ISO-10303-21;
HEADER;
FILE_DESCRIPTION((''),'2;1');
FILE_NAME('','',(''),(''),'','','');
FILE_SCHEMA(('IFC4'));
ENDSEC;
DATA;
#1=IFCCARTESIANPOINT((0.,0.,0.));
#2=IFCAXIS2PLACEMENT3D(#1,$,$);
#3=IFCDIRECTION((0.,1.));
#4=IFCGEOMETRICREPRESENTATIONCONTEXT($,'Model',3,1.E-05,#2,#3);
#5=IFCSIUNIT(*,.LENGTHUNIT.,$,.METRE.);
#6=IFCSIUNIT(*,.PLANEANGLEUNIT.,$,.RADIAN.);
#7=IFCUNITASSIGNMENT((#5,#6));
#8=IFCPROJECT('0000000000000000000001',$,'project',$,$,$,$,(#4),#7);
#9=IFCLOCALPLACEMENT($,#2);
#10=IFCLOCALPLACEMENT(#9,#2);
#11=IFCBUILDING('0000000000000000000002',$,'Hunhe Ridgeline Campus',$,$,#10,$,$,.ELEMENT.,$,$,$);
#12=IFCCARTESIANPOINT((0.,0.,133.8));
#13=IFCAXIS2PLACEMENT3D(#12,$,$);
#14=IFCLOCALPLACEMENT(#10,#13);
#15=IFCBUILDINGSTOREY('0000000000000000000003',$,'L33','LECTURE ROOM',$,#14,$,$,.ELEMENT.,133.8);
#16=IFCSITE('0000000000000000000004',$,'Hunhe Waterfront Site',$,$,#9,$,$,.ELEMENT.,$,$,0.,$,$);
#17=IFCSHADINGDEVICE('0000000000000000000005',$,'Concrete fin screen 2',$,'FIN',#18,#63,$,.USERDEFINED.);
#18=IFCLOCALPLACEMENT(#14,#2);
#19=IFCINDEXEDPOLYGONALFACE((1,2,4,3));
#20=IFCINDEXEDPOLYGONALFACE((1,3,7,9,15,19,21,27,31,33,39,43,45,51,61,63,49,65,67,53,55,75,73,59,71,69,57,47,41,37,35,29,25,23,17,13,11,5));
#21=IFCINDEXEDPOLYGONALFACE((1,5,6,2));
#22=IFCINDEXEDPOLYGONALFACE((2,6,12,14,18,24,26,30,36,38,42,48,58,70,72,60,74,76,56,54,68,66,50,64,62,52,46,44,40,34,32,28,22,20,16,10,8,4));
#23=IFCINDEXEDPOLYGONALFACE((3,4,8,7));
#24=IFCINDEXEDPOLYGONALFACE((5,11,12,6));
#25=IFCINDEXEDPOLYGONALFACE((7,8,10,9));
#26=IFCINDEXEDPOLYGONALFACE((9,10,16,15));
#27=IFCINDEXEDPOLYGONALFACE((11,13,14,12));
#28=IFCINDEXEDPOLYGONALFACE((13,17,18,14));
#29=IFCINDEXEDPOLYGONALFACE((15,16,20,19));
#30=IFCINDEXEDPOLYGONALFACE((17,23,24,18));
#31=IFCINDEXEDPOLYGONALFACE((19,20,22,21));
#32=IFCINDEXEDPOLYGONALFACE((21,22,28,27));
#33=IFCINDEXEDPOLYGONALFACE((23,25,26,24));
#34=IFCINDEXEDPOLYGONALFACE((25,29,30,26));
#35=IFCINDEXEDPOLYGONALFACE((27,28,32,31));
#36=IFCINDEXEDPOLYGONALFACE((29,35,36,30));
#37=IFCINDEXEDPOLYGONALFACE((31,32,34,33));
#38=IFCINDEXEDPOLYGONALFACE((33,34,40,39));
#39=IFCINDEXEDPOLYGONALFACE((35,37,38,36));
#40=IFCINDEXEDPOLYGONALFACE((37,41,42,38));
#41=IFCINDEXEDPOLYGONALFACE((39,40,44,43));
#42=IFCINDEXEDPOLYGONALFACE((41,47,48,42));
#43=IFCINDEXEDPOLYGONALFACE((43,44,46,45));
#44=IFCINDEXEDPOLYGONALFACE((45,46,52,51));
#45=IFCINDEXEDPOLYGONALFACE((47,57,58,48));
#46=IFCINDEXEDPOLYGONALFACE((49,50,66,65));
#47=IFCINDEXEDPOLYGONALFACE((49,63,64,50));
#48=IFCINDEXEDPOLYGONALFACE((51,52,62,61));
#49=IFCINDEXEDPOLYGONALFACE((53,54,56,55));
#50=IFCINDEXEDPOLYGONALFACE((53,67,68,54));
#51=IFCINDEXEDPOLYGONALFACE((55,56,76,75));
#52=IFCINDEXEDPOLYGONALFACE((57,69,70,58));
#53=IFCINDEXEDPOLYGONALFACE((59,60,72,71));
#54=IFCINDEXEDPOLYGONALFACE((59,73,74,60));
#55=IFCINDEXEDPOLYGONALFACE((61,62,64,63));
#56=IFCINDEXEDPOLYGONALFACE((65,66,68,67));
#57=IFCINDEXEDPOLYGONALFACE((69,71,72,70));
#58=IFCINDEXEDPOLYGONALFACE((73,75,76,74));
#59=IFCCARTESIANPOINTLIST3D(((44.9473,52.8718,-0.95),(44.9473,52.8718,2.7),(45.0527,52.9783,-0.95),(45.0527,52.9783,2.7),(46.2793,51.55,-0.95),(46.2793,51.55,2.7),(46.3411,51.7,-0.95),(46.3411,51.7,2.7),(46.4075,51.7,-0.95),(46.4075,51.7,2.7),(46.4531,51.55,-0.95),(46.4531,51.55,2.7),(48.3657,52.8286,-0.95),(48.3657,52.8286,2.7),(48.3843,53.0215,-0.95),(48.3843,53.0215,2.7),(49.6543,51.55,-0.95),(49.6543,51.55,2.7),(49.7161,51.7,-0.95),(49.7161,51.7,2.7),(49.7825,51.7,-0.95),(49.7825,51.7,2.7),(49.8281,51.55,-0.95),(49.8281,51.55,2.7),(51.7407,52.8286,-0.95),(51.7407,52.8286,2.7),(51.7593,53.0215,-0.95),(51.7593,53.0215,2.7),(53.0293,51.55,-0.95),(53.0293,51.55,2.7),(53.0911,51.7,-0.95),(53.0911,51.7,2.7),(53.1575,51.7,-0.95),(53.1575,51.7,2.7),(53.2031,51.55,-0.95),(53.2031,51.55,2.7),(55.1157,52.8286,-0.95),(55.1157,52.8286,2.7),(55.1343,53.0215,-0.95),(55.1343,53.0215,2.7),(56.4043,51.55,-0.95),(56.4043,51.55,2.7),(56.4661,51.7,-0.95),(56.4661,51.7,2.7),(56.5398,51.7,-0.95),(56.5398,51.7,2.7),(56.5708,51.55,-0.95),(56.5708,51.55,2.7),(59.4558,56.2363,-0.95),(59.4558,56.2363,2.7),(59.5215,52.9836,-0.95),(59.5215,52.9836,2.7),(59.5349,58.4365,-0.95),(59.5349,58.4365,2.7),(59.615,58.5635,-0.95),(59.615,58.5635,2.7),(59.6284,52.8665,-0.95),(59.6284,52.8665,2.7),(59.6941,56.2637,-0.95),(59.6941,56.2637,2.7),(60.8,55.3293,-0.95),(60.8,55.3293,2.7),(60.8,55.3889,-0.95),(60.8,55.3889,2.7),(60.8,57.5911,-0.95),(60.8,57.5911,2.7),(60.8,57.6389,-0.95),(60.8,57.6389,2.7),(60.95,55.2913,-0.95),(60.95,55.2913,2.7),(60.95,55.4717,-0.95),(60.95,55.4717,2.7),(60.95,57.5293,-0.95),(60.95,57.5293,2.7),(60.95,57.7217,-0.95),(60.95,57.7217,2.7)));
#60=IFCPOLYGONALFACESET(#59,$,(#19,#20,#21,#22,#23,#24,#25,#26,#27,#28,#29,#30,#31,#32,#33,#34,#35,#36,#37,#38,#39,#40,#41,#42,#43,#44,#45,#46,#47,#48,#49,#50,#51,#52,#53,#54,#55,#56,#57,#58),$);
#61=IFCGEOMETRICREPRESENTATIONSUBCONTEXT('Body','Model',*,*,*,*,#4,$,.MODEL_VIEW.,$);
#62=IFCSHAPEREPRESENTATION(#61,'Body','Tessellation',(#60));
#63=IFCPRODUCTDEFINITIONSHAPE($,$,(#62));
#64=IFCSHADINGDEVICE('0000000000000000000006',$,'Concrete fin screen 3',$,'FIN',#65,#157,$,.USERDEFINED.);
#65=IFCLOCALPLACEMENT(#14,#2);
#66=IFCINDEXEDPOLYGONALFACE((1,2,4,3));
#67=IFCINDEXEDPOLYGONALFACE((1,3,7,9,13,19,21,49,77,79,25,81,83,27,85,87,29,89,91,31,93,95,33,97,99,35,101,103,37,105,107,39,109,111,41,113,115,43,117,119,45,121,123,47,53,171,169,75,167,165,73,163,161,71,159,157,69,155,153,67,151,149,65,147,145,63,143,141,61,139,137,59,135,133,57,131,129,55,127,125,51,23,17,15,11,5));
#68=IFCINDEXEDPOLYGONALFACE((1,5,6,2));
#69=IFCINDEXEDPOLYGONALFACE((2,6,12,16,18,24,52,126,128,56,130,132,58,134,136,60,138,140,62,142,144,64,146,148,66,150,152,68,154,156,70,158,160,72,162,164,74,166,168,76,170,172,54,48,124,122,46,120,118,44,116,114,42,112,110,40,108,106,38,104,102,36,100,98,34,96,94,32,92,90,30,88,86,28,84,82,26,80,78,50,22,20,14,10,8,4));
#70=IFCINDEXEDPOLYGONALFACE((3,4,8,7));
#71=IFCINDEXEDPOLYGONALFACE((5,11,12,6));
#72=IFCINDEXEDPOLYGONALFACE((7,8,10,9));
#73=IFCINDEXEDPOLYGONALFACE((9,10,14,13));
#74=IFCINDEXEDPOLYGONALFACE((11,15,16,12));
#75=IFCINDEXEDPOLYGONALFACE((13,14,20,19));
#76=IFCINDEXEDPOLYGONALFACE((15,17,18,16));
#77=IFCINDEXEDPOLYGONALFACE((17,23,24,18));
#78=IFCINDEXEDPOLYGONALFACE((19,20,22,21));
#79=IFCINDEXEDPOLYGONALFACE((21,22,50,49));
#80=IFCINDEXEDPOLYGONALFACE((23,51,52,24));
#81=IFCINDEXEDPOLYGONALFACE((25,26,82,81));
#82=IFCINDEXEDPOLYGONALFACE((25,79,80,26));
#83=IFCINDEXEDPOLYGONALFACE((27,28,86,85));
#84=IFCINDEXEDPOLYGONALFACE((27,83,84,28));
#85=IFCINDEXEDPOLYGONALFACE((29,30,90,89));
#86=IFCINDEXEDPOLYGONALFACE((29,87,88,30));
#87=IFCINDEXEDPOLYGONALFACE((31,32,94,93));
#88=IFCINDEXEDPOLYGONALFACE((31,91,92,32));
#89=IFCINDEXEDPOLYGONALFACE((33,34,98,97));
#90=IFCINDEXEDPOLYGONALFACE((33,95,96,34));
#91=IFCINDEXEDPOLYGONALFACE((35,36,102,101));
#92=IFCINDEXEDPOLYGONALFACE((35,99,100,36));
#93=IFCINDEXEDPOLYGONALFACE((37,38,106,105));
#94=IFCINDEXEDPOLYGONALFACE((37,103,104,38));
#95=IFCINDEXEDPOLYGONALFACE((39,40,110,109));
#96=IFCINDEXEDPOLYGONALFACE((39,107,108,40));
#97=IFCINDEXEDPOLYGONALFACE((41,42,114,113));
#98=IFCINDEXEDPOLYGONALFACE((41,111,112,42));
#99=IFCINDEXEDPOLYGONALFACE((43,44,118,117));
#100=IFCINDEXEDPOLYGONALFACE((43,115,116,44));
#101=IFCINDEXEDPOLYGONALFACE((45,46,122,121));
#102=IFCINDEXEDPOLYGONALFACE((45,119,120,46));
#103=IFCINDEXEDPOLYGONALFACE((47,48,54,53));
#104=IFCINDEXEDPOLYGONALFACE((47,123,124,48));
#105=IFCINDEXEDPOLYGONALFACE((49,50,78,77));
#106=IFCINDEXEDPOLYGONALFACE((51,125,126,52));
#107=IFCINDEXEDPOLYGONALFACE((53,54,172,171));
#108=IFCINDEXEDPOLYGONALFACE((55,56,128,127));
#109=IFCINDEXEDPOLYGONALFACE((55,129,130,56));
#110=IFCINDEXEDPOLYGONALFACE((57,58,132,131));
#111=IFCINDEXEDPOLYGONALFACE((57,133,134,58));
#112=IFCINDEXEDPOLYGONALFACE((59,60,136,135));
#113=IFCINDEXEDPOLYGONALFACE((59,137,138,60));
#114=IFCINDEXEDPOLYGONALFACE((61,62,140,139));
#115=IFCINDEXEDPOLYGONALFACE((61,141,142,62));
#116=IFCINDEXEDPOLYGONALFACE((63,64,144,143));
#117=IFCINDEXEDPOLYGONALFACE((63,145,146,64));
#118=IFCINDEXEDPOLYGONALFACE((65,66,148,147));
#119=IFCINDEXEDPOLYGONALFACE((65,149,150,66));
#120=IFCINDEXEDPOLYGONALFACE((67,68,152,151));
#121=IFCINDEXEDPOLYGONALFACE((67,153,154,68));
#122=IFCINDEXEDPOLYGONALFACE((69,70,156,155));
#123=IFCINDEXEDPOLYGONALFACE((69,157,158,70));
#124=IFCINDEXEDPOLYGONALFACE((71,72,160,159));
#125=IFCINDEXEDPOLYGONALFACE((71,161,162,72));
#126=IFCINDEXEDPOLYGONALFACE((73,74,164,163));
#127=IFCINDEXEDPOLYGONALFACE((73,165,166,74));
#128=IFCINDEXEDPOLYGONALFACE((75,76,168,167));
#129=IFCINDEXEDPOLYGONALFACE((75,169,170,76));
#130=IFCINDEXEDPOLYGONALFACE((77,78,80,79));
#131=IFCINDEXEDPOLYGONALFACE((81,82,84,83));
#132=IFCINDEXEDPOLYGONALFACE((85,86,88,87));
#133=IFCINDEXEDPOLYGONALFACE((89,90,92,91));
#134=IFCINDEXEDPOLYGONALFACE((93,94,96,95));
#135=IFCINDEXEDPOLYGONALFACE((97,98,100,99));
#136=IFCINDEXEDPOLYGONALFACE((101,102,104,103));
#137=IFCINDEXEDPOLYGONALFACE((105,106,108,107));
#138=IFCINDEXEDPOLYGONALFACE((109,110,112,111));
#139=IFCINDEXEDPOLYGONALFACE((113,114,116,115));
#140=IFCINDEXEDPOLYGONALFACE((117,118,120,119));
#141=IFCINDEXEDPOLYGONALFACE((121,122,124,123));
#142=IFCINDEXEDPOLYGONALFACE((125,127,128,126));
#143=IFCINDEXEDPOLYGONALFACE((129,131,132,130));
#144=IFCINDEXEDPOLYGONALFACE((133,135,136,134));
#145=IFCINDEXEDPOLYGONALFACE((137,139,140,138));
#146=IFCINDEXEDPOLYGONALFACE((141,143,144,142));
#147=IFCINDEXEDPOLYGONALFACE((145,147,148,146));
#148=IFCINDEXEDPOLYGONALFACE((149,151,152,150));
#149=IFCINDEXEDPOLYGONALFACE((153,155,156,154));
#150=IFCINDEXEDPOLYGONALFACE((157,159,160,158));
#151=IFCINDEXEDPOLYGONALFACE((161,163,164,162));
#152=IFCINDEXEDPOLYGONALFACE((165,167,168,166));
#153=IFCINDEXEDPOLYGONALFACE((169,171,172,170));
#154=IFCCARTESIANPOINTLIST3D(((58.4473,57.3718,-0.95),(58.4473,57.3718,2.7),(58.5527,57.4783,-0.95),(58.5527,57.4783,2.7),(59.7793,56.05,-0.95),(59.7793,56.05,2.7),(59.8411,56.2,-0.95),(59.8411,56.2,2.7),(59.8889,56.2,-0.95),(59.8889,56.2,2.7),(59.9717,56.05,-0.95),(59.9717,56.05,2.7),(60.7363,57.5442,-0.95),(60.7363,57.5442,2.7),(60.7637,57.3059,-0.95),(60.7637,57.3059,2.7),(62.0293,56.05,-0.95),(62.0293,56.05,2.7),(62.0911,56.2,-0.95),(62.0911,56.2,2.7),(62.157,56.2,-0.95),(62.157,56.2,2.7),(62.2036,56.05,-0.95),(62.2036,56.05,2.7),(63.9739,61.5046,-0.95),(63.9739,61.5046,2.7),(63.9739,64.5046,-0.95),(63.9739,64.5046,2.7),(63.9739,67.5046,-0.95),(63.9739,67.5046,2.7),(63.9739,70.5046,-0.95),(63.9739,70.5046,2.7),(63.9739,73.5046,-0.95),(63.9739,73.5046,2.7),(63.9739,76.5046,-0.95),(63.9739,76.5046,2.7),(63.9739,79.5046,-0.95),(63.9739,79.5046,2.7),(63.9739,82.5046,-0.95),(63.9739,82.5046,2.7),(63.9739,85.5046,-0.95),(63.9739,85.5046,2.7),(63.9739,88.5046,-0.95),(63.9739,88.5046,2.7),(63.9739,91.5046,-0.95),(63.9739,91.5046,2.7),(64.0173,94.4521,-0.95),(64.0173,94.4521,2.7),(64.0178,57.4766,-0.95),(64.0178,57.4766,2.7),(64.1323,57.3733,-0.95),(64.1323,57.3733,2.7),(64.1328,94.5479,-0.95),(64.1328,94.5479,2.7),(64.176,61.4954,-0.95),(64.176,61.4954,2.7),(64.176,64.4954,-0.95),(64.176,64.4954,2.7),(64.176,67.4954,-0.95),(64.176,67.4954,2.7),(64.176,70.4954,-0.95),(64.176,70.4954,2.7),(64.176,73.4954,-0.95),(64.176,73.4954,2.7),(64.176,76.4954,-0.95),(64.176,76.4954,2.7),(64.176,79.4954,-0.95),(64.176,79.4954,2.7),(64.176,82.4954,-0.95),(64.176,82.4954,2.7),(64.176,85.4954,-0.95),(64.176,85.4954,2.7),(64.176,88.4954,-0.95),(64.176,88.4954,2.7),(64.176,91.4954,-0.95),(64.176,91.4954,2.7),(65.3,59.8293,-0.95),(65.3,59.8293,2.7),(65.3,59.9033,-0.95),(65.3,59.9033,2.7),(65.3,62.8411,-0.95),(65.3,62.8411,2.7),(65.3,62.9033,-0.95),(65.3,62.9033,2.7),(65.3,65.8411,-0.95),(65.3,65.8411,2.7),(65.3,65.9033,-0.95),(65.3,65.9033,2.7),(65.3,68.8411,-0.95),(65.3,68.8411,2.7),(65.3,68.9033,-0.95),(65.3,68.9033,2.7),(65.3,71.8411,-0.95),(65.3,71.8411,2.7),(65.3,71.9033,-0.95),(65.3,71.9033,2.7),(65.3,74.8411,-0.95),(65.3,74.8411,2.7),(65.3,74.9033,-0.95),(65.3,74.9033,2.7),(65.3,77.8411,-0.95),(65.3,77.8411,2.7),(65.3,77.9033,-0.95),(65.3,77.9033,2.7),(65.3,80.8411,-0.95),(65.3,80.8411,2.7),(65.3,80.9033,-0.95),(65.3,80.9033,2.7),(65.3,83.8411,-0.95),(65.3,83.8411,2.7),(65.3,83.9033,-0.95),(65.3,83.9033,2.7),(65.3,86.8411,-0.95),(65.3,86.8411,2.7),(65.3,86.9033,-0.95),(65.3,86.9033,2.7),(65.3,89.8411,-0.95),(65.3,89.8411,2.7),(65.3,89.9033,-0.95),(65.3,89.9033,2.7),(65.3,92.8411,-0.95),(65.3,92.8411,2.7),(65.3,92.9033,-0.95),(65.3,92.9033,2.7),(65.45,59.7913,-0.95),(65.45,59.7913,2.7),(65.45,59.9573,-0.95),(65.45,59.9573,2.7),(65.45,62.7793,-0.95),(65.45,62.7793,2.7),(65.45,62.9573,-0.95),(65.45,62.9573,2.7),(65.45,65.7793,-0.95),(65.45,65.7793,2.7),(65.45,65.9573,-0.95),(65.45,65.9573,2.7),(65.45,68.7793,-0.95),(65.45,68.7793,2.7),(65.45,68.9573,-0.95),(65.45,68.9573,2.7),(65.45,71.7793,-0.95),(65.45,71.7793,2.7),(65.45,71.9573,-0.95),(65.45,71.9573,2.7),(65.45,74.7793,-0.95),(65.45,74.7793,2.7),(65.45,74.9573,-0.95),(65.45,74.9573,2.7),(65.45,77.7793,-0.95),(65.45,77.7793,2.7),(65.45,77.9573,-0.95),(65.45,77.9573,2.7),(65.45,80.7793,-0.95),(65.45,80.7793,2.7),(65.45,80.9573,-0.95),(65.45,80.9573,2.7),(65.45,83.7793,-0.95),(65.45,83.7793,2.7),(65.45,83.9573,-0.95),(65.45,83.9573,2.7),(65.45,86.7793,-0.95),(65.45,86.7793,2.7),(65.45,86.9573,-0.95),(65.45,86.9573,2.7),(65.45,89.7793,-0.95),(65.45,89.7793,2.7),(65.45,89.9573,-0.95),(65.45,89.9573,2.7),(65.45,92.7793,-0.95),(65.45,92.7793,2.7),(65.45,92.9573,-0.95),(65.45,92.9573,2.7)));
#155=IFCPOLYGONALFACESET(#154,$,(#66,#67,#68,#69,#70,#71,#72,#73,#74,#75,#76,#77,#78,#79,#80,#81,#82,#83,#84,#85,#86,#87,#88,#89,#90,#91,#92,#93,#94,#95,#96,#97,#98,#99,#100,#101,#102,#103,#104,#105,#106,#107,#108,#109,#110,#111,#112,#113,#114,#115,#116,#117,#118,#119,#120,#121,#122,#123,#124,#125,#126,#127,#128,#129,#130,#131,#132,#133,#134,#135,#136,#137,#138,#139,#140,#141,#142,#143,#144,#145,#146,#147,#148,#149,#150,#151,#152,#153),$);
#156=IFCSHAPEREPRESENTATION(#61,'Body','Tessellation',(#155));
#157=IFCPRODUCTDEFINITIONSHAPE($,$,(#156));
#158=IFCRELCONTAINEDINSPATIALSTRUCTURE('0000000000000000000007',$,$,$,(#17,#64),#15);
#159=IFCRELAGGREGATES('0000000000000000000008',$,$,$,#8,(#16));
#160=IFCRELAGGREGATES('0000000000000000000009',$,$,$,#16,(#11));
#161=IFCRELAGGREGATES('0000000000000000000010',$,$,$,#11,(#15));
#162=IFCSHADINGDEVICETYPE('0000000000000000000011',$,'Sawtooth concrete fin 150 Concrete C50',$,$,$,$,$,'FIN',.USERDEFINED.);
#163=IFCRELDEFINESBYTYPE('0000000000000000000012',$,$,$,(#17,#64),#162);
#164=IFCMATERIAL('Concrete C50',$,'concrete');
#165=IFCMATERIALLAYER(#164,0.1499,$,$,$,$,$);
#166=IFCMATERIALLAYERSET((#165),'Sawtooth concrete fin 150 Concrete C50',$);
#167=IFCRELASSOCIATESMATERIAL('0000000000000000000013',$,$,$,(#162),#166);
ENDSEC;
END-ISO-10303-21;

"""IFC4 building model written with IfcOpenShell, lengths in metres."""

from ifc_helpers import new_model, si_unit, direction, frame, origin, place, context, subcontext, project, spatial, polyline, outline, extrude, material, layer, layer_set, type_object, element, save


model = new_model("IFC4")

# Units and contexts
model_context = context("Model", 3, precision=1e-05, world=origin(), true_north=direction((0.0, 1.0)))
body_context = subcontext(model_context, "Body", "Model", "MODEL_VIEW")
ifc_project = project(units=[si_unit("LENGTHUNIT", "METRE"), si_unit("PLANEANGLEUNIT", "RADIAN")], contexts=[model_context])

# Site, building, storey
site_placement = place(None, origin())
site = spatial("IfcSite", under=ifc_project, at=site_placement, Name="Hunhe Waterfront Site", CompositionType="ELEMENT", RefElevation=0.0)
building_placement = place(site_placement, origin())
building = spatial("IfcBuilding", under=site, at=building_placement, Name="Hunhe Ridgeline Campus", CompositionType="ELEMENT")
storey_placement = place(building_placement, frame((0.0, 0.0, 133.8)))
storey = spatial("IfcBuildingStorey", under=building, at=storey_placement, Name="L33", Description="LECTURE ROOM", CompositionType="ELEMENT", Elevation=133.8)

# Shading devices
ifc_material_1 = material(Name="Concrete C50", Category="concrete")
ifc_layer_1 = layer(ifc_material_1, 0.1499)
ifc_layer_set_1 = layer_set([ifc_layer_1], Name="Sawtooth concrete fin 150 Concrete C50")
shading_device_type = type_object("IfcShadingDeviceType", Name="Sawtooth concrete fin 150 Concrete C50", ElementType="FIN", PredefinedType="USERDEFINED", material=ifc_layer_set_1)
shading_device_1_placement = place(storey_placement, frame((0.0, 0.0, -0.95)))
element("IfcShadingDevice", 1, at=shading_device_1_placement, inside=storey, type_object=shading_device_type, Name="Concrete fin screen 2", ObjectType="FIN", PredefinedType="USERDEFINED", context=body_context, shape_type="SweptSolid", body=[
    extrude(outline(polyline([(45.0527, 52.9783), (44.9473, 52.8718), (46.2793, 51.55), (46.4531, 51.55), (48.3657, 52.8286), (49.6543, 51.55), (49.8281, 51.55), (51.7407, 52.8286), (53.0293, 51.55), (53.2031, 51.55), (55.1157, 52.8286), (56.4043, 51.55), (56.5708, 51.55), (59.6284, 52.8665), (60.95, 55.2913), (60.95, 55.4717), (59.6941, 56.2637), (60.95, 57.5293), (60.95, 57.7217), (59.615, 58.5635), (59.5349, 58.4365), (60.8, 57.6389), (60.8, 57.5911), (59.4558, 56.2363), (60.8, 55.3889), (60.8, 55.3293), (59.5215, 52.9836), (56.5398, 51.7), (56.4661, 51.7), (55.1343, 53.0215), (53.1575, 51.7), (53.0911, 51.7), (51.7593, 53.0215), (49.7825, 51.7), (49.7161, 51.7), (48.3843, 53.0215), (46.4075, 51.7), (46.3411, 51.7), (45.0527, 52.9783)])), origin(), (0.0, 0.0, 1.0), 3.6499),
])
shading_device_2_placement = place(storey_placement, frame((0.0, 0.0, -0.95)))
element("IfcShadingDevice", 2, at=shading_device_2_placement, inside=storey, type_object=shading_device_type, Name="Concrete fin screen 3", ObjectType="FIN", PredefinedType="USERDEFINED", context=body_context, shape_type="SweptSolid", body=[
    extrude(outline(polyline([(58.5527, 57.4783), (58.4473, 57.3718), (59.7793, 56.05), (59.9717, 56.05), (60.7637, 57.3059), (62.0293, 56.05), (62.2036, 56.05), (64.1323, 57.3733), (65.45, 59.7913), (65.45, 59.9573), (64.176, 61.4954), (65.45, 62.7793), (65.45, 62.9573), (64.176, 64.4954), (65.45, 65.7793), (65.45, 65.9573), (64.176, 67.4954), (65.45, 68.7793), (65.45, 68.9573), (64.176, 70.4954), (65.45, 71.7793), (65.45, 71.9573), (64.176, 73.4954), (65.45, 74.7793), (65.45, 74.9573), (64.176, 76.4954), (65.45, 77.7793), (65.45, 77.9573), (64.176, 79.4954), (65.45, 80.7793), (65.45, 80.9573), (64.176, 82.4954), (65.45, 83.7793), (65.45, 83.9573), (64.176, 85.4954), (65.45, 86.7793), (65.45, 86.9573), (64.176, 88.4954), (65.45, 89.7793), (65.45, 89.9573), (64.176, 91.4954), (65.45, 92.7793), (65.45, 92.9573), (64.1328, 94.5479), (64.0173, 94.4521), (65.3, 92.9033), (65.3, 92.8411), (63.9739, 91.5046), (65.3, 89.9033), (65.3, 89.8411), (63.9739, 88.5046), (65.3, 86.9033), (65.3, 86.8411), (63.9739, 85.5046), (65.3, 83.9033), (65.3, 83.8411), (63.9739, 82.5046), (65.3, 80.9033), (65.3, 80.8411), (63.9739, 79.5046), (65.3, 77.9033), (65.3, 77.8411), (63.9739, 76.5046), (65.3, 74.9033), (65.3, 74.8411), (63.9739, 73.5046), (65.3, 71.9033), (65.3, 71.8411), (63.9739, 70.5046), (65.3, 68.9033), (65.3, 68.8411), (63.9739, 67.5046), (65.3, 65.9033), (65.3, 65.8411), (63.9739, 64.5046), (65.3, 62.9033), (65.3, 62.8411), (63.9739, 61.5046), (65.3, 59.9033), (65.3, 59.8293), (64.0178, 57.4766), (62.157, 56.2), (62.0911, 56.2), (60.7363, 57.5442), (59.8889, 56.2), (59.8411, 56.2), (58.5527, 57.4783)])), origin(), (0.0, 0.0, 1.0), 3.6499),
])

save(model, "model.ifc")
